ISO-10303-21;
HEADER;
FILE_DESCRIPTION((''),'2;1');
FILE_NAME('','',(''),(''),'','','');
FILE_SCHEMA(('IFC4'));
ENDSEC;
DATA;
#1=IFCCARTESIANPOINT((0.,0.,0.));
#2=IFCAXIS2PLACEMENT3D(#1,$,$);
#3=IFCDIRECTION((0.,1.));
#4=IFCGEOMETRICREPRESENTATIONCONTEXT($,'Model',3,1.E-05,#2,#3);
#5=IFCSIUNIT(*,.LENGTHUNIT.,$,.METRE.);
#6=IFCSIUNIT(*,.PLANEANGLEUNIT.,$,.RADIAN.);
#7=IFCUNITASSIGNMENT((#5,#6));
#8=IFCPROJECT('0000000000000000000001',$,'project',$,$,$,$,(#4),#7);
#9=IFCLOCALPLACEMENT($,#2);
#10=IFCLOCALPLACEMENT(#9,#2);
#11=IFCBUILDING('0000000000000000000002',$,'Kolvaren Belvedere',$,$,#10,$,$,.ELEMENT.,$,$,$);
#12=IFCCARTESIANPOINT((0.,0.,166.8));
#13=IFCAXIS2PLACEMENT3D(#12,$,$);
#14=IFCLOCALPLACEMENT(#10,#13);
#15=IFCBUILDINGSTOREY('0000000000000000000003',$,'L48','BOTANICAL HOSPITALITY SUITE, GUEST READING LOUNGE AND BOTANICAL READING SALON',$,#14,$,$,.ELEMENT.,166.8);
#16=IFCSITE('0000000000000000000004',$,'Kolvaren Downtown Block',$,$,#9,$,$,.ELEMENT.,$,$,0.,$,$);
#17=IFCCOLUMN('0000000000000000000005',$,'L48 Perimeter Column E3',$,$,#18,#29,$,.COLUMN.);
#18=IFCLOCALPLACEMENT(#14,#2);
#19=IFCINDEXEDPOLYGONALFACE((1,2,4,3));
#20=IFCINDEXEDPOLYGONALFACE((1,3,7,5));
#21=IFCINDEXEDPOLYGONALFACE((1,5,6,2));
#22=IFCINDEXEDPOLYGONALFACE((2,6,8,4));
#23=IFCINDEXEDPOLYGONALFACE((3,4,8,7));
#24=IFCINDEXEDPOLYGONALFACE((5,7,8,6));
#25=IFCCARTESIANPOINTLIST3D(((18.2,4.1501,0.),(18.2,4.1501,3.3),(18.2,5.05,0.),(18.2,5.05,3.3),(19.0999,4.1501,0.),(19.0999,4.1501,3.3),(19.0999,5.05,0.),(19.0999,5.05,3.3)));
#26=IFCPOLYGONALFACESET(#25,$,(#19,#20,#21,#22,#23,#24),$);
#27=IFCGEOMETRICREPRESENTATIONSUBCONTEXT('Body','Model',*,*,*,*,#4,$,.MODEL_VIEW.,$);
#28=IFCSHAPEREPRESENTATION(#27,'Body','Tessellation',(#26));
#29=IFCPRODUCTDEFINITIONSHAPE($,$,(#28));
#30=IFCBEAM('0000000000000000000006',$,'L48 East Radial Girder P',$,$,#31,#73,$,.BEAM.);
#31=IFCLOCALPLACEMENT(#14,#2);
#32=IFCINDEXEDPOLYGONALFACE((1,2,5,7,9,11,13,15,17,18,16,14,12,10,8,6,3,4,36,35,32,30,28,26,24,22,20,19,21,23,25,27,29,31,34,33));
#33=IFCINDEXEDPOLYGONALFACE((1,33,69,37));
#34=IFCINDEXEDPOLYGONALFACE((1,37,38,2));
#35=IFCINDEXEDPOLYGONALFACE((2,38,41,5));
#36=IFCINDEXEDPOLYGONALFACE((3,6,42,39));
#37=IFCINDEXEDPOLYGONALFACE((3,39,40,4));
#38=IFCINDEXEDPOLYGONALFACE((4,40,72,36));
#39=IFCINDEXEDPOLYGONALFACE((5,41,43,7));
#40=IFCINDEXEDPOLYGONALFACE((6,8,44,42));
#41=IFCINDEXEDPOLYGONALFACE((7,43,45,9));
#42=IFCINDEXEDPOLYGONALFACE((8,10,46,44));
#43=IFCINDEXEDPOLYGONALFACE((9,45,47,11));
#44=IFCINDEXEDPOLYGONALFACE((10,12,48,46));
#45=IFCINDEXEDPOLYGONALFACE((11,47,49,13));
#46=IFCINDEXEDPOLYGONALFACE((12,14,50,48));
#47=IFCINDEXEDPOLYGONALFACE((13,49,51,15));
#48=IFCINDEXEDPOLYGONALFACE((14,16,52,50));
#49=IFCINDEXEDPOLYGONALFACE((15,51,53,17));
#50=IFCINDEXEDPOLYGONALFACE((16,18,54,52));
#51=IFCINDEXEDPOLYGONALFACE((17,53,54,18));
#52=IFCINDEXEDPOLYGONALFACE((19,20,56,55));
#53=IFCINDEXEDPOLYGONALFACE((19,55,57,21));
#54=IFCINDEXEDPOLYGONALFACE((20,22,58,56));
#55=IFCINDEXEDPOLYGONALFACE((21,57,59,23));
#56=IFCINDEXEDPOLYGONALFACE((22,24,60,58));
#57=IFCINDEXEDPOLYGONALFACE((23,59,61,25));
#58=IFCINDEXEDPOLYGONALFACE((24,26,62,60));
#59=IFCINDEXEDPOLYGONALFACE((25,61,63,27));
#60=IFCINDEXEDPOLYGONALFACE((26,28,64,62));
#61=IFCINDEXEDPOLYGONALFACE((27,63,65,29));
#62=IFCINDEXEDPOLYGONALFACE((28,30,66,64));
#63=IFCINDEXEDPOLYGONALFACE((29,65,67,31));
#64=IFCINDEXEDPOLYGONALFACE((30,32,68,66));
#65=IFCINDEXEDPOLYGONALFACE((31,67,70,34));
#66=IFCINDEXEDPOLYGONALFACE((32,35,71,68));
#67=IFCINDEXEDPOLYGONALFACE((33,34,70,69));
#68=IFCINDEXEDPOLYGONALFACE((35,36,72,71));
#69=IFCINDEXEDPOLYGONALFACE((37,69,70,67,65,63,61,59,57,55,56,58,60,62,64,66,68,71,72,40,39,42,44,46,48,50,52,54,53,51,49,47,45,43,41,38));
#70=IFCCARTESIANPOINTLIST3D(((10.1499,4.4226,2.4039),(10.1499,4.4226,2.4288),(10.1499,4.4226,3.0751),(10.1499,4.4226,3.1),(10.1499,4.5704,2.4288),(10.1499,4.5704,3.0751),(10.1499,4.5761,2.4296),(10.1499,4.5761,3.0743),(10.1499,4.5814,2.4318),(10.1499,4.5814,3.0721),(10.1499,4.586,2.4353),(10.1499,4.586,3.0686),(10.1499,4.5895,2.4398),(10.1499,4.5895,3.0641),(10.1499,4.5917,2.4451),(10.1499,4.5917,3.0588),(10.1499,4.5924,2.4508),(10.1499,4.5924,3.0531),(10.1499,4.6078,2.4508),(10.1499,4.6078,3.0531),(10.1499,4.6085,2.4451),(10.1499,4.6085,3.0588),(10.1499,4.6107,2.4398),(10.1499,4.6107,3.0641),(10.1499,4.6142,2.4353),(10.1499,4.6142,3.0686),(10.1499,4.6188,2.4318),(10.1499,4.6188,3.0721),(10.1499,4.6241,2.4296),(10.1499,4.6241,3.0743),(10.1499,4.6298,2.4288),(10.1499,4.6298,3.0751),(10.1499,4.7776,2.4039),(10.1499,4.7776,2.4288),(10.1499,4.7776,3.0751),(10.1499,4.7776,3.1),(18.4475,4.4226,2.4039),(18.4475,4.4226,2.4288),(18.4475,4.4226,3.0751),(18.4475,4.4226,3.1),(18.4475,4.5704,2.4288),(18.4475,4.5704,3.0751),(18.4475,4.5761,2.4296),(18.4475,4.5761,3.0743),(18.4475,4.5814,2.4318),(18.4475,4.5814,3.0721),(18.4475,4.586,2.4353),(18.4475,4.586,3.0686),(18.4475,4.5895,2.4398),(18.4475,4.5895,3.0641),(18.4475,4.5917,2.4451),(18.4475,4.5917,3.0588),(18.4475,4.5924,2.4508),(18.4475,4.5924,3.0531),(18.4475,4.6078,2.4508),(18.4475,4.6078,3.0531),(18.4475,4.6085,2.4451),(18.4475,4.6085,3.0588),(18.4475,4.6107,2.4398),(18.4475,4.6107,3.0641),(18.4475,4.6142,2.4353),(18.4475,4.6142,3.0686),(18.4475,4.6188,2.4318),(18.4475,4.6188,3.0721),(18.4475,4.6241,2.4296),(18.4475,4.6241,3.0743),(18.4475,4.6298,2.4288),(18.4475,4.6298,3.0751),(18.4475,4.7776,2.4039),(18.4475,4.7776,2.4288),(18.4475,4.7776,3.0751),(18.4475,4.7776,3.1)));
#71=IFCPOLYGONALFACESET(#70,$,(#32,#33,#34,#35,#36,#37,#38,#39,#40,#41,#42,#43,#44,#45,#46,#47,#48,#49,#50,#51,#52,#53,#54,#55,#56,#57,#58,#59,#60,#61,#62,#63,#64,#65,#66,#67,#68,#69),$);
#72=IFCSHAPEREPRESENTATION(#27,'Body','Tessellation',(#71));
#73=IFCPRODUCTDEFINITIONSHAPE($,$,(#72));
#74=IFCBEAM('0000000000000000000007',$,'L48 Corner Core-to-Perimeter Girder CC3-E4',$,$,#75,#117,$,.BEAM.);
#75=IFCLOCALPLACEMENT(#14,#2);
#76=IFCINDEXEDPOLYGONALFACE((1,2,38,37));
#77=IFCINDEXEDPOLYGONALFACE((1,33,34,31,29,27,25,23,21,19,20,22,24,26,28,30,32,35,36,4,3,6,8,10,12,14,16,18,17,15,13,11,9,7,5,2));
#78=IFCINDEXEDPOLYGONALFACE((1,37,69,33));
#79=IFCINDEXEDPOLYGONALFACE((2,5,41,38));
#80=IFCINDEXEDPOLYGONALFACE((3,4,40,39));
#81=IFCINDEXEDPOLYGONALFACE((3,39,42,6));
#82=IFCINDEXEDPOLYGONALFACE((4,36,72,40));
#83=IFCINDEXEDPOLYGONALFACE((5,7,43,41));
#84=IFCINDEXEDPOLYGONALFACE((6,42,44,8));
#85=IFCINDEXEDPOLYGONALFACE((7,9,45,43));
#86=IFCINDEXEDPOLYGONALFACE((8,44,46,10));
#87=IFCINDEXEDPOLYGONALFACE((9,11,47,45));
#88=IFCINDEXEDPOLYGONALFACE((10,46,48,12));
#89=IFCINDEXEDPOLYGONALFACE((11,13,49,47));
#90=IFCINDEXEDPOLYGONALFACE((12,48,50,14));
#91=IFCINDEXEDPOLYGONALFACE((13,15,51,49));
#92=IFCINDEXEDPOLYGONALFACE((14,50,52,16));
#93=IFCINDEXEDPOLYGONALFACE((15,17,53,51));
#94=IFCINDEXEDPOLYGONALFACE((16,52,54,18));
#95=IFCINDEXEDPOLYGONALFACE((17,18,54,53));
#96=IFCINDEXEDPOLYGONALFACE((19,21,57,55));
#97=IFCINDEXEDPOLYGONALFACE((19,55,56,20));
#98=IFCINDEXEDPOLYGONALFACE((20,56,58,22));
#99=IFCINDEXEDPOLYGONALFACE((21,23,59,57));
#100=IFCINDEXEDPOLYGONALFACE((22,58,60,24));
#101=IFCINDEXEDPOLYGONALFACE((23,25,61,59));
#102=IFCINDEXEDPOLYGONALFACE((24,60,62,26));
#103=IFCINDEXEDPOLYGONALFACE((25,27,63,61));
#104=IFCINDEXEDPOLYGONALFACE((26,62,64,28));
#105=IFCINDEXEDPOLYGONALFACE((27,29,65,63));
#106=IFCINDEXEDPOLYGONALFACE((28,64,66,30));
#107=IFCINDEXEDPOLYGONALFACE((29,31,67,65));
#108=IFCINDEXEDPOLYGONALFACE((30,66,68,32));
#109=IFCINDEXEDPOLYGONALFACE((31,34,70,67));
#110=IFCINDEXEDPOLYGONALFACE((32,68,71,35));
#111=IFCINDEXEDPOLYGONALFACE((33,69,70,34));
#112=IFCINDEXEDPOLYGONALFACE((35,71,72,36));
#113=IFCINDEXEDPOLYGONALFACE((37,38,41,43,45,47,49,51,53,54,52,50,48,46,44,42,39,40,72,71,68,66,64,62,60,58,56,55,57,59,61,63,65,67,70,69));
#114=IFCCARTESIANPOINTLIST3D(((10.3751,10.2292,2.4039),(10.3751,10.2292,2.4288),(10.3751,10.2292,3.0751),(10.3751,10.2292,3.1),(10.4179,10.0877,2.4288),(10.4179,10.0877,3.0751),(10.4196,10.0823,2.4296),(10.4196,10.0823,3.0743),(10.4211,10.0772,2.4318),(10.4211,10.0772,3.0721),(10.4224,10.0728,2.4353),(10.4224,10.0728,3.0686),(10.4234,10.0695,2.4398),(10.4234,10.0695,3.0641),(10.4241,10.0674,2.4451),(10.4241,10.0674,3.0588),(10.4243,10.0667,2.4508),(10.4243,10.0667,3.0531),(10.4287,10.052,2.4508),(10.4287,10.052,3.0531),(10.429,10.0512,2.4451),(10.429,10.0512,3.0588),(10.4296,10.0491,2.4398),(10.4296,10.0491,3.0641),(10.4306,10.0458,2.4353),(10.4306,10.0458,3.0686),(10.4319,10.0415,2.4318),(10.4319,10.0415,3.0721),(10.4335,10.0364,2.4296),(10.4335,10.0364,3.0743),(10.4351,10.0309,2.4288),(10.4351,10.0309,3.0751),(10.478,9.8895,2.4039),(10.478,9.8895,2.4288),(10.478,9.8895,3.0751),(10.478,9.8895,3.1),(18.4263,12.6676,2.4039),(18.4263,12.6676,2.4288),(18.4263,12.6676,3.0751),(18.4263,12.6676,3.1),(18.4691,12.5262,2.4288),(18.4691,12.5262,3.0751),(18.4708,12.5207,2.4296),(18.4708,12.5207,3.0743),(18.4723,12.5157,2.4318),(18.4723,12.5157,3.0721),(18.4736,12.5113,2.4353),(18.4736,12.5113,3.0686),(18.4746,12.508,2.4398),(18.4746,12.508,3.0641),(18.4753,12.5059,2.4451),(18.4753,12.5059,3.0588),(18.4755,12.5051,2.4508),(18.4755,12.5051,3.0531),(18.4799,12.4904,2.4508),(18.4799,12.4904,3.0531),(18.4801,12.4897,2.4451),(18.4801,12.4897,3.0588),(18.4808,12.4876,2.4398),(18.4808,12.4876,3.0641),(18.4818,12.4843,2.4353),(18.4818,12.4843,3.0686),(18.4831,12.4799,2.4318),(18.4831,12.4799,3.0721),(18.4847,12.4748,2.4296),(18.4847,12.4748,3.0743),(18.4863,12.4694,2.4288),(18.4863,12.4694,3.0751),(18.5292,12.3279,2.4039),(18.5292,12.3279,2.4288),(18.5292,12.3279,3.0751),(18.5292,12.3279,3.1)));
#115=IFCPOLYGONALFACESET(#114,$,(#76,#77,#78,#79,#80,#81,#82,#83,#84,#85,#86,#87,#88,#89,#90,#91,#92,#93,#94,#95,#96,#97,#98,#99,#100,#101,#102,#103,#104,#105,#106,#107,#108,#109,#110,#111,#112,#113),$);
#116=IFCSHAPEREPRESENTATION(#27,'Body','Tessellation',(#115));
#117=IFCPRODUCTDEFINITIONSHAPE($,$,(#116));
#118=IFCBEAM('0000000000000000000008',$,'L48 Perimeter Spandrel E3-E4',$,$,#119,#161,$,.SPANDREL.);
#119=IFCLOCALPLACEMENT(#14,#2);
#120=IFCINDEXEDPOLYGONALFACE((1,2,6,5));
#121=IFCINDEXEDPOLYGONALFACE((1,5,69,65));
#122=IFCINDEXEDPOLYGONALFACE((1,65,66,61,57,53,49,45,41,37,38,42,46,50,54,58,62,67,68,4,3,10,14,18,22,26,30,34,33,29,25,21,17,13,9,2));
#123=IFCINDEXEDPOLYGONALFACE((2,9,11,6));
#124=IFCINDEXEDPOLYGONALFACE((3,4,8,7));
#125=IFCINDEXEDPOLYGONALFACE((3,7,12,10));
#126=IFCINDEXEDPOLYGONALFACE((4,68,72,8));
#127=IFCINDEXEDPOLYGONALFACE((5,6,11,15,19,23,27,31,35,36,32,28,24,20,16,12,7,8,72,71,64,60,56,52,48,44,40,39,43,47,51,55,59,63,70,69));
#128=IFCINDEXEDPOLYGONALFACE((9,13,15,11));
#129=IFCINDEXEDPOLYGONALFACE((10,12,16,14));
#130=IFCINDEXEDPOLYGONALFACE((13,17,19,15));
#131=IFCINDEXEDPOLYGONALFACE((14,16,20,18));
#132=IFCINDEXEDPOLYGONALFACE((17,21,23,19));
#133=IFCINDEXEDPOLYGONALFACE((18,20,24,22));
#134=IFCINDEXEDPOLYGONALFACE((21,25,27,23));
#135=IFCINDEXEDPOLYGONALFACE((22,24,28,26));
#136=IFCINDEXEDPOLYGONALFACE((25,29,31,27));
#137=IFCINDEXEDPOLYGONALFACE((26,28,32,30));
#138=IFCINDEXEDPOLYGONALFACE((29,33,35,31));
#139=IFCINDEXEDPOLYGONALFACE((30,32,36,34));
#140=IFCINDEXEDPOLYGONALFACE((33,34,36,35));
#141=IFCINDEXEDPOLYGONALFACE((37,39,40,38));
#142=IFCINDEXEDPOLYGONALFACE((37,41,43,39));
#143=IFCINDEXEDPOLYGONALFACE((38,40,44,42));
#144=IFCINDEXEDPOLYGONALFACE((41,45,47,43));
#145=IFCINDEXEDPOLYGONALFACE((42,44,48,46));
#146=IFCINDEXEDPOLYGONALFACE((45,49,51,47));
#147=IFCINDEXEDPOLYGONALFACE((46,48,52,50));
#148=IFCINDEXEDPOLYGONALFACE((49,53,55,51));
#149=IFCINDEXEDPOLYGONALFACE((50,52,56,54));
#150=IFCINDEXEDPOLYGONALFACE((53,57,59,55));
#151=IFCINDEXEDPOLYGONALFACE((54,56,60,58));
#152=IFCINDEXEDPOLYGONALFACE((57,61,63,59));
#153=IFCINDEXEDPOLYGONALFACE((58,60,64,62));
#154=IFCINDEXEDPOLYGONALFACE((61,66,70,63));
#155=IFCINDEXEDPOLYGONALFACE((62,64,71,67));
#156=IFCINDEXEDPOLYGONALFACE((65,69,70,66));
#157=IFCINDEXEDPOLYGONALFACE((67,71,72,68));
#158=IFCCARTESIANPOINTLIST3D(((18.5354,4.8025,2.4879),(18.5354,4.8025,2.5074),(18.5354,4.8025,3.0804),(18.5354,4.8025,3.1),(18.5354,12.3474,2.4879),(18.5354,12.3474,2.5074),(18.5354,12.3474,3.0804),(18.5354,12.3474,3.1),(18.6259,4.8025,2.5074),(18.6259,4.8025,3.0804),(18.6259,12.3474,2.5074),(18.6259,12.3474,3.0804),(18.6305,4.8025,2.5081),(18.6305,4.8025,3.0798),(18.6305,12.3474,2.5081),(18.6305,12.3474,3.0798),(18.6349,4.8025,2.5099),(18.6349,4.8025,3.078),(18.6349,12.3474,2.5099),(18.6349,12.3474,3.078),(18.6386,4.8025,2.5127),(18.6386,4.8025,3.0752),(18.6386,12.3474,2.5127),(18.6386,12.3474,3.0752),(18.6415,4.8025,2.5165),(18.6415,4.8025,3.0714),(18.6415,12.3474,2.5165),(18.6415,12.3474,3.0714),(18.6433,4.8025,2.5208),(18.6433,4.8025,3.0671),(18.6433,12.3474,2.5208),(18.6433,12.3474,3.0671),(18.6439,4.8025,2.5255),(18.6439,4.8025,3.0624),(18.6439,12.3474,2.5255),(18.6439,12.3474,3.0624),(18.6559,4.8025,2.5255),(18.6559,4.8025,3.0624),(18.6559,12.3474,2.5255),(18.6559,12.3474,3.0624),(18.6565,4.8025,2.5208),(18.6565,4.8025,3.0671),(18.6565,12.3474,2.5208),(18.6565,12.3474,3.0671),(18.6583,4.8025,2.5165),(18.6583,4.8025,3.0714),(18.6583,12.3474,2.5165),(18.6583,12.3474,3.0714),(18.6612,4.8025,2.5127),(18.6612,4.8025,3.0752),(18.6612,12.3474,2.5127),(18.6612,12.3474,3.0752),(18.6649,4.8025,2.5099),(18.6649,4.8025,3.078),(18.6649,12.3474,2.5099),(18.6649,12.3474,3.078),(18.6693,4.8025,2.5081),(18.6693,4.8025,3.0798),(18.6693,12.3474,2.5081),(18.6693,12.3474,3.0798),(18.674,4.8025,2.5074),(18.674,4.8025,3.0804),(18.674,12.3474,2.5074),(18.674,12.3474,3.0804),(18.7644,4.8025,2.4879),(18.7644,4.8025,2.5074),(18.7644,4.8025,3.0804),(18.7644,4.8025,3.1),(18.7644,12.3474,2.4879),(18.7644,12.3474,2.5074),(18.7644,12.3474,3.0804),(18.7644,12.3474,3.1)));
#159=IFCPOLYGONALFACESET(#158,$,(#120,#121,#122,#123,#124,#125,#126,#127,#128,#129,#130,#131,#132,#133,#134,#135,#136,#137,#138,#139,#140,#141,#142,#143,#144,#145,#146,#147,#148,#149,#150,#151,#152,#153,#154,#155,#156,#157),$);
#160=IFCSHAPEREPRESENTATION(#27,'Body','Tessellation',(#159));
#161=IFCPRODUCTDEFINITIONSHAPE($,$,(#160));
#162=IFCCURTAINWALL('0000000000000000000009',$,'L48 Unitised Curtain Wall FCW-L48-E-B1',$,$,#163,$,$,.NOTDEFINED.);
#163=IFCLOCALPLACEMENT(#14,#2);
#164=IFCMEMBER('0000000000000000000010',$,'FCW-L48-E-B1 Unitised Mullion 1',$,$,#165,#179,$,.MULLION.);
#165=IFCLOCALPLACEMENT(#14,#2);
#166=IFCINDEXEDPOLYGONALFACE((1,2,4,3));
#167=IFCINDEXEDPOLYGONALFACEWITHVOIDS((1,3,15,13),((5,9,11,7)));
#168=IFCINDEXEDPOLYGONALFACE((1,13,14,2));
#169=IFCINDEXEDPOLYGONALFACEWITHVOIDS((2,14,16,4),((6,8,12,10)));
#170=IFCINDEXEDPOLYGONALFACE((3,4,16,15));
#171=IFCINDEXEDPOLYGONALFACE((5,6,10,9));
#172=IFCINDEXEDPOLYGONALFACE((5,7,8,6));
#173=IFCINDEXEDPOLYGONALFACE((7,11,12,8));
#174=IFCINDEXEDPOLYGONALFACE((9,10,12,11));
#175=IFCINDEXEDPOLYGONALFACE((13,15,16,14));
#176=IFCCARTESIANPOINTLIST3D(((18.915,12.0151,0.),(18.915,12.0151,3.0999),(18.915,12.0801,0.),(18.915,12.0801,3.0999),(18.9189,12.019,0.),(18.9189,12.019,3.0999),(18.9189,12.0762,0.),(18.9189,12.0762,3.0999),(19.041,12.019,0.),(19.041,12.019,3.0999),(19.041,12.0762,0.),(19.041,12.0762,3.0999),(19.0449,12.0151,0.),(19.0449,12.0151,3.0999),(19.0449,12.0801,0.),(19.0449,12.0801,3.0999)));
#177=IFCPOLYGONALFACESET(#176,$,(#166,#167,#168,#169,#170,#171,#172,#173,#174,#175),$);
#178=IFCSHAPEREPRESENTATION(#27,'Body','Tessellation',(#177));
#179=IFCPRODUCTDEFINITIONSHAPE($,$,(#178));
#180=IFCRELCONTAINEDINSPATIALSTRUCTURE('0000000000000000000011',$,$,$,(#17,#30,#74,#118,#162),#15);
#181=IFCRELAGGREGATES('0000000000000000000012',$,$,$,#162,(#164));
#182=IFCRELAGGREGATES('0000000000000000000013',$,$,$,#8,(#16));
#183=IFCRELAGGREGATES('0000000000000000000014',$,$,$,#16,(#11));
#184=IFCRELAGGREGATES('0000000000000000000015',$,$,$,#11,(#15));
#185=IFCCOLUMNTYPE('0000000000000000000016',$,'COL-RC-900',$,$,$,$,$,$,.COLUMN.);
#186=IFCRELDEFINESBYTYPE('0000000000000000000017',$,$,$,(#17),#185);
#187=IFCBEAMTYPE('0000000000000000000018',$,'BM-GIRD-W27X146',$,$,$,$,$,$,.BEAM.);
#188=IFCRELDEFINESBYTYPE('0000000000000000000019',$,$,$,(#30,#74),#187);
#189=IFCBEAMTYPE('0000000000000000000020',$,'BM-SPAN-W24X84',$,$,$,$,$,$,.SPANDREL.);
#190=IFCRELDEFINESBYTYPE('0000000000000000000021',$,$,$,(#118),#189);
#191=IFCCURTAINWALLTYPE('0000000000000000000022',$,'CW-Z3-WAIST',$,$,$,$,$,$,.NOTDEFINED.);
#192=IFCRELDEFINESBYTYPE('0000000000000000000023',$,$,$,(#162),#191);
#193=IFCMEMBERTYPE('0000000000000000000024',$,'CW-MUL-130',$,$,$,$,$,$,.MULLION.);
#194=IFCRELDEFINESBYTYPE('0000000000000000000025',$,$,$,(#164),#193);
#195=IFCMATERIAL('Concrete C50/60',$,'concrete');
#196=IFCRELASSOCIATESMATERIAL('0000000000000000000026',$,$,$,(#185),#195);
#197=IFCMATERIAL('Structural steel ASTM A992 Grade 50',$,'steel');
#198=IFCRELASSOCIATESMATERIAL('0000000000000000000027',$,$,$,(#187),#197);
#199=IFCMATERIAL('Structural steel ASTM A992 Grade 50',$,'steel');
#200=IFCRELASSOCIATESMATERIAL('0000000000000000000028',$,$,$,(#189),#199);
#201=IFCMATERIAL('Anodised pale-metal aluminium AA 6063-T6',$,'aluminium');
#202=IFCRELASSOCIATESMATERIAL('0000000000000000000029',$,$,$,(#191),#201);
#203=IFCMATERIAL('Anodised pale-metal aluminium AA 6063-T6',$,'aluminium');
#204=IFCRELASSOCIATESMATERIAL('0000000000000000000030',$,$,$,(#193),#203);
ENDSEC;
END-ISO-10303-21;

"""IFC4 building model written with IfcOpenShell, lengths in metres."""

from ifc_helpers import new_model, si_unit, direction, frame, origin, origin_2d, place, context, subcontext, project, spatial, rectangle, hollow_rectangle, i_section, extrude, material, material_profile, profile_set, type_object, element, aggregate, save


model = new_model("IFC4")

# Units and contexts
model_context = context("Model", 3, precision=1e-05, world=origin(), true_north=direction((0.0, 1.0)))
body_context = subcontext(model_context, "Body", "Model", "MODEL_VIEW")
ifc_project = project(units=[si_unit("LENGTHUNIT", "METRE"), si_unit("PLANEANGLEUNIT", "RADIAN")], contexts=[model_context])

# Site, building, storey
site_placement = place(None, origin())
site = spatial("IfcSite", under=ifc_project, at=site_placement, Name="Kolvaren Downtown Block", CompositionType="ELEMENT", RefElevation=0.0)
building_placement = place(site_placement, origin())
building = spatial("IfcBuilding", under=site, at=building_placement, Name="Kolvaren Belvedere", CompositionType="ELEMENT")
storey_placement = place(building_placement, frame((0.0, 0.0, 166.8)))
storey = spatial("IfcBuildingStorey", under=building, at=storey_placement, Name="L48", Description="BOTANICAL HOSPITALITY SUITE, GUEST READING LOUNGE AND BOTANICAL READING SALON", CompositionType="ELEMENT", Elevation=166.8)

# Column
ifc_material_1 = material(Name="Concrete C50/60", Category="concrete")
ifc_material_profile_1 = material_profile(ifc_material_1, rectangle(XDim=0.8999, YDim=0.8999, at=origin_2d()), Name="RC 900X900")
ifc_profile_set_1 = profile_set([ifc_material_profile_1], Name="Concrete C50/60")
column_type = type_object("IfcColumnType", Name="COL-RC-900", PredefinedType="COLUMN", material=ifc_profile_set_1)
column_placement = place(storey_placement, frame((18.6499, 4.6001, 0.0), z_axis=(0.0, 0.0, 1.0), x_axis=(1.0, 0.0, 0.0)))
element("IfcColumn", 1, at=column_placement, inside=storey, type_object=column_type, Name="L48 Perimeter Column E3", PredefinedType="COLUMN", context=body_context, shape_type="SweptSolid", body=[
    extrude(rectangle(XDim=0.8999, YDim=0.8999, at=origin_2d()), origin(), (0.0, 0.0, 1.0), 3.3),
])

# Beams
ifc_material_2 = material(Name="Structural steel ASTM A992 Grade 50", Category="steel")
ifc_material_profile_2 = material_profile(ifc_material_2, i_section(OverallWidth=0.355, OverallDepth=0.696, WebThickness=0.0154, FlangeThickness=0.0249, FilletRadius=0.022, at=origin_2d()), Name="W27X146")
ifc_profile_set_2 = profile_set([ifc_material_profile_2], Name="Structural steel ASTM A992 Grade 50")
beam_type_1 = type_object("IfcBeamType", Name="BM-GIRD-W27X146", PredefinedType="BEAM", material=ifc_profile_set_2)
beam_1_placement = place(storey_placement, frame((10.1499, 4.6001, 2.752), z_axis=(1.0, 0.0, 0.0), x_axis=(0.0, 1.0, 0.0)))
element("IfcBeam", 2, at=beam_1_placement, inside=storey, type_object=beam_type_1, Name="L48 East Radial Girder P", PredefinedType="BEAM", context=body_context, shape_type="SweptSolid", body=[
    extrude(i_section(OverallWidth=0.355, OverallDepth=0.696, WebThickness=0.0154, FlangeThickness=0.0249, FilletRadius=0.022, at=origin_2d()), origin(), (0.0, 0.0, 1.0), 8.2976),
])
beam_2_placement = place(storey_placement, frame((10.4265, 10.0593, 2.752), z_axis=(0.957067, 0.289866, 0.0), x_axis=(-0.289866, 0.957067, 0.0)))
element("IfcBeam", 3, at=beam_2_placement, inside=storey, type_object=beam_type_1, Name="L48 Corner Core-to-Perimeter Girder CC3-E4", PredefinedType="BEAM", context=body_context, shape_type="SweptSolid", body=[
    extrude(i_section(OverallWidth=0.355, OverallDepth=0.696, WebThickness=0.0154, FlangeThickness=0.0249, FilletRadius=0.022, at=origin_2d()), origin(), (0.0, 0.0, 1.0), 8.4124),
])
ifc_material_3 = material(Name="Structural steel ASTM A992 Grade 50", Category="steel")
ifc_material_profile_3 = material_profile(ifc_material_3, i_section(OverallWidth=0.229, OverallDepth=0.6121, WebThickness=0.012, FlangeThickness=0.0195, FilletRadius=0.0181, at=origin_2d()), Name="W24X84")
ifc_profile_set_3 = profile_set([ifc_material_profile_3], Name="Structural steel ASTM A992 Grade 50")
beam_type_2 = type_object("IfcBeamType", Name="BM-SPAN-W24X84", PredefinedType="SPANDREL", material=ifc_profile_set_3)
beam_3_placement = place(storey_placement, frame((18.6499, 4.8025, 2.7939), z_axis=(0.0, 1.0, 0.0), x_axis=(-1.0, 0.0, 0.0)))
element("IfcBeam", 4, at=beam_3_placement, inside=storey, type_object=beam_type_2, Name="L48 Perimeter Spandrel E3-E4", PredefinedType="SPANDREL", context=body_context, shape_type="SweptSolid", body=[
    extrude(i_section(OverallWidth=0.229, OverallDepth=0.6121, WebThickness=0.012, FlangeThickness=0.0195, FilletRadius=0.0181, at=origin_2d()), origin(), (0.0, 0.0, 1.0), 7.5449),
])

# Curtain wall, member
ifc_material_4 = material(Name="Anodised pale-metal aluminium AA 6063-T6", Category="aluminium")
curtain_wall_type = type_object("IfcCurtainWallType", Name="CW-Z3-WAIST", PredefinedType="NOTDEFINED", material=ifc_material_4)
curtain_wall_1_placement = place(storey_placement, origin())
curtain_wall_1 = element("IfcCurtainWall", 5, at=curtain_wall_1_placement, inside=storey, type_object=curtain_wall_type, Name="L48 Unitised Curtain Wall FCW-L48-E-B1", PredefinedType="NOTDEFINED")
ifc_material_5 = material(Name="Anodised pale-metal aluminium AA 6063-T6", Category="aluminium")
ifc_material_profile_4 = material_profile(ifc_material_5, hollow_rectangle(XDim=0.0649, YDim=0.1299, WallThickness=0.0039, at=origin_2d()), Name="ALU-MUL-130X65")
ifc_profile_set_4 = profile_set([ifc_material_profile_4], Name="Anodised pale-metal aluminium AA 6063-T6")
member_type_1 = type_object("IfcMemberType", Name="CW-MUL-130", PredefinedType="MULLION", material=ifc_profile_set_4)
member_1_placement = place(storey_placement, frame((18.98, 12.0476, 0.0), z_axis=(0.0, 0.0, 1.0), x_axis=(0.0, 1.0, 0.0)))
member_1 = element("IfcMember", 6, at=member_1_placement, type_object=member_type_1, Name="FCW-L48-E-B1 Unitised Mullion 1", PredefinedType="MULLION", context=body_context, shape_type="SweptSolid", body=[
    extrude(hollow_rectangle(XDim=0.0649, YDim=0.1299, WallThickness=0.0039, at=origin_2d()), origin(), (0.0, 0.0, 1.0), 3.0999),
])

aggregate(curtain_wall_1, [member_1])

save(model, "model.ifc")
